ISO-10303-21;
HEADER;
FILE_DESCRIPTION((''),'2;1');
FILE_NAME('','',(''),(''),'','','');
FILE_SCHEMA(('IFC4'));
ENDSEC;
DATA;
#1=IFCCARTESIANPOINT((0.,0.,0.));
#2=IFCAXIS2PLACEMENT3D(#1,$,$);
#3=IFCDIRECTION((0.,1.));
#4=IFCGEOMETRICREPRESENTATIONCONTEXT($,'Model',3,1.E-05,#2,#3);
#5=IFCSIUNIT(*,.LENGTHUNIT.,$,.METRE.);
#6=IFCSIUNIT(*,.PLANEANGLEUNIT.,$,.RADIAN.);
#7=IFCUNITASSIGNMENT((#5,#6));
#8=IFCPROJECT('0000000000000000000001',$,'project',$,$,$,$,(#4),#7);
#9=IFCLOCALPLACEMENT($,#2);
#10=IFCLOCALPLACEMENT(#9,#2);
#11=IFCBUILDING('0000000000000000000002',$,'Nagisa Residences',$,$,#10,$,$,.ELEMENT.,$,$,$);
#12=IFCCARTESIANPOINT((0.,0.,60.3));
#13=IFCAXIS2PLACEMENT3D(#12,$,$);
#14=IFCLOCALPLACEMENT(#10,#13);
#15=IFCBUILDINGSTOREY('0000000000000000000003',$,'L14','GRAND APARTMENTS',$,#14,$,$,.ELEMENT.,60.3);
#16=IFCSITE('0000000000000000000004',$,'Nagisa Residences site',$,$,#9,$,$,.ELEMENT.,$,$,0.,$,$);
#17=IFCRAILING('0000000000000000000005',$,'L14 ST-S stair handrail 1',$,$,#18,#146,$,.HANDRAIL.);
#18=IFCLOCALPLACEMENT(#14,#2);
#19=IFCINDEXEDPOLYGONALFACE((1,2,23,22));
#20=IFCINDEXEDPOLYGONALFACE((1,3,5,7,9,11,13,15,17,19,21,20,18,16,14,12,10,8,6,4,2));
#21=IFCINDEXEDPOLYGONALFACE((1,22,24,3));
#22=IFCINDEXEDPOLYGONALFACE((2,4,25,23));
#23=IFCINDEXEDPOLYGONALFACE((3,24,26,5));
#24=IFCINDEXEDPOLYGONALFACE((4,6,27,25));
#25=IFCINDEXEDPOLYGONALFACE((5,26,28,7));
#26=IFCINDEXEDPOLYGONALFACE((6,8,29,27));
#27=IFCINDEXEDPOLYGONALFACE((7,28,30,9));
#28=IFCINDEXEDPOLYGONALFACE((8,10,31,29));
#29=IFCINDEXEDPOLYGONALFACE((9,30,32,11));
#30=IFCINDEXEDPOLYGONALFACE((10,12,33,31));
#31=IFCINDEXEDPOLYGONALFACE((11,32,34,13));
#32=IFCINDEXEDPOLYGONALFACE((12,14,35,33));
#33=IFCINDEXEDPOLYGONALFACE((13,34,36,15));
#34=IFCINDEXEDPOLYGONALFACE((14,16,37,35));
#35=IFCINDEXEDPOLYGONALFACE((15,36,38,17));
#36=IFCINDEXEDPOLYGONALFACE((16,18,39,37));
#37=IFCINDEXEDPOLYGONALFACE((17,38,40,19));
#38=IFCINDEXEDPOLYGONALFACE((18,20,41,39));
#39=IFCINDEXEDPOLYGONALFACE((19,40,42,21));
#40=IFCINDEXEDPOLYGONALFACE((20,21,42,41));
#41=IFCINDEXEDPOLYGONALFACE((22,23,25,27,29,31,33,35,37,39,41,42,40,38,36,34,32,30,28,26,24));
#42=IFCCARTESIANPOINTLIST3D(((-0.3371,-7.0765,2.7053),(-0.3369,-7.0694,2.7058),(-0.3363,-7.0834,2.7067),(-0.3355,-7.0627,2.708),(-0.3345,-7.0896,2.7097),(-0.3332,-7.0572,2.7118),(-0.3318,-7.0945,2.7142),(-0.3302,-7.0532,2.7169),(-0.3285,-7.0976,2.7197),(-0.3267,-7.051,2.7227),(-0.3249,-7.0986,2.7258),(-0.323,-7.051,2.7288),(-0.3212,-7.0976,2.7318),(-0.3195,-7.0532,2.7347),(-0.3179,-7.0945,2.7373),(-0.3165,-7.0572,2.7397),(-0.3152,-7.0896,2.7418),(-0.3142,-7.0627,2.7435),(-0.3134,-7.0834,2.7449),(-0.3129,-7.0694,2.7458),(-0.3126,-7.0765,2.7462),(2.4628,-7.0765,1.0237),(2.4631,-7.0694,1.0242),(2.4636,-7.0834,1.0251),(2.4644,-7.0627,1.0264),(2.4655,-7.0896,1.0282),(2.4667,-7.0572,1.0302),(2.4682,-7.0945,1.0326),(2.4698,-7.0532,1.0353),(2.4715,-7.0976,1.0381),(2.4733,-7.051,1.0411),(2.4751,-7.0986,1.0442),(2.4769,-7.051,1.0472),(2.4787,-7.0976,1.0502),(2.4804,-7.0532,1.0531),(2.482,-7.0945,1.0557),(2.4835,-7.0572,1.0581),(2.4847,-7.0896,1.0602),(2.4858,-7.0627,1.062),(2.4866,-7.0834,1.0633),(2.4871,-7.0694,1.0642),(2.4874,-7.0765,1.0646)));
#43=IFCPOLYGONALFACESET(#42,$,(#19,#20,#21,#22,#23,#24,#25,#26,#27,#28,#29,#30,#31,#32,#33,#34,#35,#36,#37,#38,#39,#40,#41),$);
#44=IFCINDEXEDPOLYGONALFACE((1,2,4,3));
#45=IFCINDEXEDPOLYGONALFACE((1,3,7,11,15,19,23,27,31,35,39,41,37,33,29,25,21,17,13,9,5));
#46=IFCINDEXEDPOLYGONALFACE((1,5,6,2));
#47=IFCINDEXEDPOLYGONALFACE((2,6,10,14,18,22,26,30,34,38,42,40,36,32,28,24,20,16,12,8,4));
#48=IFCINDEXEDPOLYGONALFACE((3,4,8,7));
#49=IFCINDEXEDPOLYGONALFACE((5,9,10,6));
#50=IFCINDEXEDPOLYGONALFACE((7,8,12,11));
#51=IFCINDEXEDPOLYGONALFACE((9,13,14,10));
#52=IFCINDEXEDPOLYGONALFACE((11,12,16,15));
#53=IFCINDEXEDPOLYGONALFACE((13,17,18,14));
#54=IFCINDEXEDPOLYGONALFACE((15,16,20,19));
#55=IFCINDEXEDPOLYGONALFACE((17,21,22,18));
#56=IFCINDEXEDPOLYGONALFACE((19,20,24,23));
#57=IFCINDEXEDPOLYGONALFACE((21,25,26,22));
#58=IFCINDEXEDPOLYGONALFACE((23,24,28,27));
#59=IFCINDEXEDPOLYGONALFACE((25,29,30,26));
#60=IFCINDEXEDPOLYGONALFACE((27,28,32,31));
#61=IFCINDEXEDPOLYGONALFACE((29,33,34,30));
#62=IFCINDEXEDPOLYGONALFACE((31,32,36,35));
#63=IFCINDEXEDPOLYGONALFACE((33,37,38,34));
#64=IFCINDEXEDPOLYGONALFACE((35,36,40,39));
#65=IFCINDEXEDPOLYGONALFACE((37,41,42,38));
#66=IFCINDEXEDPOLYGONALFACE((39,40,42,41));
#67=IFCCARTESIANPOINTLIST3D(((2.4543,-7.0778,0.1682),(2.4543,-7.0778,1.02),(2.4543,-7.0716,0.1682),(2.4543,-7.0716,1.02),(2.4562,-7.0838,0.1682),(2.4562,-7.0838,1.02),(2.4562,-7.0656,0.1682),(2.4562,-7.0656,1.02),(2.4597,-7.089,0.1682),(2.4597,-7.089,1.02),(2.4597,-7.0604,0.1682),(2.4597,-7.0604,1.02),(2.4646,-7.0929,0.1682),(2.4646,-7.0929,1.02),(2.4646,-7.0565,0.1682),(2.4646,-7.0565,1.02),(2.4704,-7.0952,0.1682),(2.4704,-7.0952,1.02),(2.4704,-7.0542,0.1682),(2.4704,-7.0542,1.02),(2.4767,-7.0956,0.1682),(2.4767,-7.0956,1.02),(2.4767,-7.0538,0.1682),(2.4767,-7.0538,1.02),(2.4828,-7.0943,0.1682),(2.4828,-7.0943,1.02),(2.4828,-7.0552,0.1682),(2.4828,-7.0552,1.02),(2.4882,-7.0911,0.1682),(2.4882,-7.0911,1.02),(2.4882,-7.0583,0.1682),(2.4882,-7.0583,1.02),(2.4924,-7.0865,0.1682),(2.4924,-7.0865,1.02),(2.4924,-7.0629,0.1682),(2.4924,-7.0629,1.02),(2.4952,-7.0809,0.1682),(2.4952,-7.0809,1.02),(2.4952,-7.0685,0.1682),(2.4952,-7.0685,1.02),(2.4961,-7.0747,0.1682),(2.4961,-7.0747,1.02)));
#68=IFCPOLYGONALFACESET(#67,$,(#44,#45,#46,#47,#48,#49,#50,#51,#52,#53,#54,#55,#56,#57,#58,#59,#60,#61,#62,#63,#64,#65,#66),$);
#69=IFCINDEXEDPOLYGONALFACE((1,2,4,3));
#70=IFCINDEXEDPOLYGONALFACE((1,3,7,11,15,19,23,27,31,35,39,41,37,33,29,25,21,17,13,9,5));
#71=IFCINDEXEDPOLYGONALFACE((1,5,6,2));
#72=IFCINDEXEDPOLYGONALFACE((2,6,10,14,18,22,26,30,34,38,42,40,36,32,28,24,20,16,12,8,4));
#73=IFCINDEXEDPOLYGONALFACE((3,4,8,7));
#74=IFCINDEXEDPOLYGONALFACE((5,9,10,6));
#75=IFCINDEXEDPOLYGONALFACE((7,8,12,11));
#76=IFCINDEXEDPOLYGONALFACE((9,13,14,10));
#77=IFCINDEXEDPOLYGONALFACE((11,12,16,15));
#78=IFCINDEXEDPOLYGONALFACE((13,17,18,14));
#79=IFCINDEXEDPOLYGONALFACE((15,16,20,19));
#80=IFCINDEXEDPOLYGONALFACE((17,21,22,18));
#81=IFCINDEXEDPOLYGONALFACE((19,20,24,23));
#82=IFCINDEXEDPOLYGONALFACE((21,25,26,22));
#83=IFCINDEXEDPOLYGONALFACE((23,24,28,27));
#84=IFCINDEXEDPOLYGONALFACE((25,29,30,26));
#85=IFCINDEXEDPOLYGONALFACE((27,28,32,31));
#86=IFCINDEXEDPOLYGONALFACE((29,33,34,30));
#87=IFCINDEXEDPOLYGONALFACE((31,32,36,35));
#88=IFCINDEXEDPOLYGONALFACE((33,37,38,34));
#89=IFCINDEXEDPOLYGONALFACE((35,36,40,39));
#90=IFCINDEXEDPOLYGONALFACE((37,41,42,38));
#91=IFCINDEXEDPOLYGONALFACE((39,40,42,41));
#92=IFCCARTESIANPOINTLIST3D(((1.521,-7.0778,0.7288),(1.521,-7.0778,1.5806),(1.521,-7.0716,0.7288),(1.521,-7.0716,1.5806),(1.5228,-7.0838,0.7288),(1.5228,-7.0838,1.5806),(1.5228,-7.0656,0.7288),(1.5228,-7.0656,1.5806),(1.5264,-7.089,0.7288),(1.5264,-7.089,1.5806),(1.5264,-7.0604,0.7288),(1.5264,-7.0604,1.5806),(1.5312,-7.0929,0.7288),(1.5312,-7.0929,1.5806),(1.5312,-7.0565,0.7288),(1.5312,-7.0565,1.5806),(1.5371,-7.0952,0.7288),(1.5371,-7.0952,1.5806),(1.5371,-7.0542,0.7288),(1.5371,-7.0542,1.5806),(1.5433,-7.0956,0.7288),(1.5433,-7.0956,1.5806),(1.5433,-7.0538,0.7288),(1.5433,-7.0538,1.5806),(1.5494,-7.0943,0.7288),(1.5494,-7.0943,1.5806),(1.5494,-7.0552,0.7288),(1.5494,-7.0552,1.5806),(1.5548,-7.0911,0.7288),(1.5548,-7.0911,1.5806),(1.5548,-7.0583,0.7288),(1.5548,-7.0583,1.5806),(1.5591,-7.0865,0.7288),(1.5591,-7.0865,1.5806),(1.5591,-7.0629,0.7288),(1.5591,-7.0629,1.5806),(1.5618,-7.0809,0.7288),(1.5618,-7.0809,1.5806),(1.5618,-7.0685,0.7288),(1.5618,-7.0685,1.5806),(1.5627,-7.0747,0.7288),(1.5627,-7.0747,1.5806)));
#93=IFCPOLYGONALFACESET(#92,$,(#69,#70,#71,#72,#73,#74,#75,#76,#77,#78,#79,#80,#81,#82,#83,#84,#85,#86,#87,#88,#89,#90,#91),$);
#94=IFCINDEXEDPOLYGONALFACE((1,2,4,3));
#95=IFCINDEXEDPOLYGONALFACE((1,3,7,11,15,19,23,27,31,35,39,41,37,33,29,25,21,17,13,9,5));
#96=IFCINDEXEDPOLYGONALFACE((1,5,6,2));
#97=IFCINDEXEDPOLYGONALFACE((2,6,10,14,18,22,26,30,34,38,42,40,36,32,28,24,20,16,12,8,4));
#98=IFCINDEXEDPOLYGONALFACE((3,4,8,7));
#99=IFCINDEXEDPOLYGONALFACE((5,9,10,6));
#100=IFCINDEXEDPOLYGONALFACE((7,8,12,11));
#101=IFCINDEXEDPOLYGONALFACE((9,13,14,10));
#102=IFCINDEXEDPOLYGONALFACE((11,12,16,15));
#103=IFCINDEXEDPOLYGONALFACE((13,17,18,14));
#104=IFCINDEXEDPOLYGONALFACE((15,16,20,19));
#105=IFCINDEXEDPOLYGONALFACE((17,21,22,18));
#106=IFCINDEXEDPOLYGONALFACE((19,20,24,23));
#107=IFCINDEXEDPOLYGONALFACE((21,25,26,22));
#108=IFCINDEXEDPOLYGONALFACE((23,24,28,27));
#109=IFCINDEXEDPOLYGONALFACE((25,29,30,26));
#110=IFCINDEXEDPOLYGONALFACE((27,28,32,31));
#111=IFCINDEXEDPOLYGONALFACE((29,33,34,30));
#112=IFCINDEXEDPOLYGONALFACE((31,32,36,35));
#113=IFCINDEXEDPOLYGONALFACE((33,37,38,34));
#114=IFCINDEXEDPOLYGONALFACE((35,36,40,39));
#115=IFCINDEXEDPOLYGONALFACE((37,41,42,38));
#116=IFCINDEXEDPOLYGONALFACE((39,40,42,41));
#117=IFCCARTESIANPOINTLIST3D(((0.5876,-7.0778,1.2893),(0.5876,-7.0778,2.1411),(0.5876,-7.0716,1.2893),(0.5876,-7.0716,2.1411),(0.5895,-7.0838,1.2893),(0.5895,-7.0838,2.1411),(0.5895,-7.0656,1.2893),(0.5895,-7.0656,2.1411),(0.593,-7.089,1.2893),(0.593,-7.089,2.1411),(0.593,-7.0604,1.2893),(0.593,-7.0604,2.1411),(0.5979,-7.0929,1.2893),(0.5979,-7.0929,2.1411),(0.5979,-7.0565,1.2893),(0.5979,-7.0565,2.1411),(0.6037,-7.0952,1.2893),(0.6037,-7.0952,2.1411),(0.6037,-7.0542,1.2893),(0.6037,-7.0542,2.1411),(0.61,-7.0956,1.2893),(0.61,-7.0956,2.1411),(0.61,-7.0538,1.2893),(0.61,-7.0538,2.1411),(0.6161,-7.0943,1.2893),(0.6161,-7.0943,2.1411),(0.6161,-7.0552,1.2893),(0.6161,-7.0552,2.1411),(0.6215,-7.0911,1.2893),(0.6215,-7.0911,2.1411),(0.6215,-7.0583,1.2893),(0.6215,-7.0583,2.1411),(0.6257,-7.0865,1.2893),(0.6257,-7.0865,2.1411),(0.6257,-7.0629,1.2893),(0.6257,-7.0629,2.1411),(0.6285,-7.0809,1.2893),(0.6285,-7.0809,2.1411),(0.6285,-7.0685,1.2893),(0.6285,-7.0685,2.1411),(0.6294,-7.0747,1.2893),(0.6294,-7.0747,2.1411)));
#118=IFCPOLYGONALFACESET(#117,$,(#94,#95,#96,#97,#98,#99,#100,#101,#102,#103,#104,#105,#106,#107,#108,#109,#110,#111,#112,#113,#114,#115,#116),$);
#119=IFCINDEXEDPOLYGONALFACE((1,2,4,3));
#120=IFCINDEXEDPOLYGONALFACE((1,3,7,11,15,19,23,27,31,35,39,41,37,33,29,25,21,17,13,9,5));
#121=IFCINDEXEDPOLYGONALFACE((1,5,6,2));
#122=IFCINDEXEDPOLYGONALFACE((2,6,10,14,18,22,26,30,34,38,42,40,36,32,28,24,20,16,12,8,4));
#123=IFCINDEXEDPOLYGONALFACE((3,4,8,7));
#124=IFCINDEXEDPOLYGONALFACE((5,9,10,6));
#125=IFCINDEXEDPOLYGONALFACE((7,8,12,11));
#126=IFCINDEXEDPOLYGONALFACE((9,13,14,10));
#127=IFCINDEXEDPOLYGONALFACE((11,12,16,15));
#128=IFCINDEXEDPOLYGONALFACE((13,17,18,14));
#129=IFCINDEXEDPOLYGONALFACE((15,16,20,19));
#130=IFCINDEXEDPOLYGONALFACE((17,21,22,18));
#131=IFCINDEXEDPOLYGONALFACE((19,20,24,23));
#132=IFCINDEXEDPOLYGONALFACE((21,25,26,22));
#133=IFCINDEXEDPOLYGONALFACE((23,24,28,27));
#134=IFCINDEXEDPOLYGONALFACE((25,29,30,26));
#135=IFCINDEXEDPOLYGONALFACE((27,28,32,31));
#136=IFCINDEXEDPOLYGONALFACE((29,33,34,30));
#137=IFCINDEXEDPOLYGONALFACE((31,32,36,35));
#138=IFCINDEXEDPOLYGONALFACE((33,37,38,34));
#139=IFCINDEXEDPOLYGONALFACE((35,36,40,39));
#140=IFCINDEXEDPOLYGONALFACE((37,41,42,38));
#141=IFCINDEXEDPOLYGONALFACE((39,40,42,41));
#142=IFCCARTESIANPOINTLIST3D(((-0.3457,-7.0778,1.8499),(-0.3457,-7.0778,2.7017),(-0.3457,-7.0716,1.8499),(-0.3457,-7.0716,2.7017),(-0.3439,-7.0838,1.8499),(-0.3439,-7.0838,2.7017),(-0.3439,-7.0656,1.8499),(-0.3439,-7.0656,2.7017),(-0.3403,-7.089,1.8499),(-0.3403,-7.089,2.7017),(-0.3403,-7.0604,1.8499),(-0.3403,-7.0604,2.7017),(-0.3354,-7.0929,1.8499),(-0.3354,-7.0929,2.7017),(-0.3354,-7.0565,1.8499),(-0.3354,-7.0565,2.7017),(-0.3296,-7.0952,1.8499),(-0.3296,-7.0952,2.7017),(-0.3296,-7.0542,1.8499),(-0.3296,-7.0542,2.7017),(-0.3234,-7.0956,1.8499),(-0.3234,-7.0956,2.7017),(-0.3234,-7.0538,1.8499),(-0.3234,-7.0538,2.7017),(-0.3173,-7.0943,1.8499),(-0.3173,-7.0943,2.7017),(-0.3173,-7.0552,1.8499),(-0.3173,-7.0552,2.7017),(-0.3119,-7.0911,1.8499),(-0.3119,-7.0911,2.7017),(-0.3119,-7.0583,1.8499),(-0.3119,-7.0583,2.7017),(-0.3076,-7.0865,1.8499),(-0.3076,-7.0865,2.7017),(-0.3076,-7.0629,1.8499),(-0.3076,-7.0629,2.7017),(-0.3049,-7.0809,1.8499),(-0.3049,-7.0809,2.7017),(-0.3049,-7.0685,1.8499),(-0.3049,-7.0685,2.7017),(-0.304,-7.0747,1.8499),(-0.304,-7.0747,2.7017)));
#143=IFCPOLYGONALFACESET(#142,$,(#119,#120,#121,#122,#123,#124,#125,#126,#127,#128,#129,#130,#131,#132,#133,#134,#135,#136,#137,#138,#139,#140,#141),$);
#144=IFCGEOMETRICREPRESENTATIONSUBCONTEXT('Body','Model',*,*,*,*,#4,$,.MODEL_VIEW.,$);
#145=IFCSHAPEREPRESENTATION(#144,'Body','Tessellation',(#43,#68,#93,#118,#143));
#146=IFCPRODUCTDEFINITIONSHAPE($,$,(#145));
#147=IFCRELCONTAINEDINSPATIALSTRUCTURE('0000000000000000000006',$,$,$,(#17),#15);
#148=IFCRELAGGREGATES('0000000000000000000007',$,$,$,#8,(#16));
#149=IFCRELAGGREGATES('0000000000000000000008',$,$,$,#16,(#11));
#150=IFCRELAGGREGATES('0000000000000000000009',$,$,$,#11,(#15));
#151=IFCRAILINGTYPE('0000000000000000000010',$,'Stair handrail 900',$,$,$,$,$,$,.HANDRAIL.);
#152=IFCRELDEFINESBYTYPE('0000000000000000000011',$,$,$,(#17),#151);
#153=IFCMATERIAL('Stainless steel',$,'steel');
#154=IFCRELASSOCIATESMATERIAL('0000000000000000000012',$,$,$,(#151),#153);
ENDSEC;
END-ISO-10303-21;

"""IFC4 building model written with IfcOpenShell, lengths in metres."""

from ifc_helpers import new_model, si_unit, direction, frame, origin, origin_2d, place, context, subcontext, project, spatial, circle, extrude, material, type_object, element, save


model = new_model("IFC4")

# Units and contexts
model_context = context("Model", 3, precision=1e-05, world=origin(), true_north=direction((0.0, 1.0)))
body_context = subcontext(model_context, "Body", "Model", "MODEL_VIEW")
ifc_project = project(units=[si_unit("LENGTHUNIT", "METRE"), si_unit("PLANEANGLEUNIT", "RADIAN")], contexts=[model_context])

# Site, building, storey
site_placement = place(None, origin())
site = spatial("IfcSite", under=ifc_project, at=site_placement, Name="Nagisa Residences site", CompositionType="ELEMENT", RefElevation=0.0)
building_placement = place(site_placement, origin())
building = spatial("IfcBuilding", under=site, at=building_placement, Name="Nagisa Residences", CompositionType="ELEMENT")
storey_placement = place(building_placement, frame((0.0, 0.0, 60.3)))
storey = spatial("IfcBuildingStorey", under=building, at=storey_placement, Name="L14", Description="GRAND APARTMENTS", CompositionType="ELEMENT", Elevation=60.3)

# Railing
ifc_material_1 = material(Name="Stainless steel", Category="steel")
railing_type = type_object("IfcRailingType", Name="Stair handrail 900", PredefinedType="HANDRAIL", material=ifc_material_1)
railing_1_placement = place(storey_placement, frame((2.4751, -7.0747, 0.1682)))
element("IfcRailing", 1, at=railing_1_placement, inside=storey, type_object=railing_type, Name="L14 ST-S stair handrail 1", PredefinedType="HANDRAIL", context=body_context, shape_type="SweptSolid", body=[
    extrude(circle(Radius=0.0239, at=origin_2d()), frame((0.0, 0.0, 0.876), z_axis=(-0.857275, 0.0, 0.514858), x_axis=(0.0, -1.0, 0.0)), (0.0, 0.0, 1.0), 3.2661),
    extrude(circle(Radius=0.021, at=origin_2d()), origin(), (0.0, 0.0, 1.0), 0.8518),
    extrude(circle(Radius=0.021, at=origin_2d()), frame((-0.9333, 0.0, 0.5605)), (0.0, 0.0, 1.0), 0.8518),
    extrude(circle(Radius=0.021, at=origin_2d()), frame((-1.8667, 0.0, 1.1211)), (0.0, 0.0, 1.0), 0.8518),
    extrude(circle(Radius=0.021, at=origin_2d()), frame((-2.8, 0.0, 1.6816)), (0.0, 0.0, 1.0), 0.8518),
])

save(model, "model.ifc")
